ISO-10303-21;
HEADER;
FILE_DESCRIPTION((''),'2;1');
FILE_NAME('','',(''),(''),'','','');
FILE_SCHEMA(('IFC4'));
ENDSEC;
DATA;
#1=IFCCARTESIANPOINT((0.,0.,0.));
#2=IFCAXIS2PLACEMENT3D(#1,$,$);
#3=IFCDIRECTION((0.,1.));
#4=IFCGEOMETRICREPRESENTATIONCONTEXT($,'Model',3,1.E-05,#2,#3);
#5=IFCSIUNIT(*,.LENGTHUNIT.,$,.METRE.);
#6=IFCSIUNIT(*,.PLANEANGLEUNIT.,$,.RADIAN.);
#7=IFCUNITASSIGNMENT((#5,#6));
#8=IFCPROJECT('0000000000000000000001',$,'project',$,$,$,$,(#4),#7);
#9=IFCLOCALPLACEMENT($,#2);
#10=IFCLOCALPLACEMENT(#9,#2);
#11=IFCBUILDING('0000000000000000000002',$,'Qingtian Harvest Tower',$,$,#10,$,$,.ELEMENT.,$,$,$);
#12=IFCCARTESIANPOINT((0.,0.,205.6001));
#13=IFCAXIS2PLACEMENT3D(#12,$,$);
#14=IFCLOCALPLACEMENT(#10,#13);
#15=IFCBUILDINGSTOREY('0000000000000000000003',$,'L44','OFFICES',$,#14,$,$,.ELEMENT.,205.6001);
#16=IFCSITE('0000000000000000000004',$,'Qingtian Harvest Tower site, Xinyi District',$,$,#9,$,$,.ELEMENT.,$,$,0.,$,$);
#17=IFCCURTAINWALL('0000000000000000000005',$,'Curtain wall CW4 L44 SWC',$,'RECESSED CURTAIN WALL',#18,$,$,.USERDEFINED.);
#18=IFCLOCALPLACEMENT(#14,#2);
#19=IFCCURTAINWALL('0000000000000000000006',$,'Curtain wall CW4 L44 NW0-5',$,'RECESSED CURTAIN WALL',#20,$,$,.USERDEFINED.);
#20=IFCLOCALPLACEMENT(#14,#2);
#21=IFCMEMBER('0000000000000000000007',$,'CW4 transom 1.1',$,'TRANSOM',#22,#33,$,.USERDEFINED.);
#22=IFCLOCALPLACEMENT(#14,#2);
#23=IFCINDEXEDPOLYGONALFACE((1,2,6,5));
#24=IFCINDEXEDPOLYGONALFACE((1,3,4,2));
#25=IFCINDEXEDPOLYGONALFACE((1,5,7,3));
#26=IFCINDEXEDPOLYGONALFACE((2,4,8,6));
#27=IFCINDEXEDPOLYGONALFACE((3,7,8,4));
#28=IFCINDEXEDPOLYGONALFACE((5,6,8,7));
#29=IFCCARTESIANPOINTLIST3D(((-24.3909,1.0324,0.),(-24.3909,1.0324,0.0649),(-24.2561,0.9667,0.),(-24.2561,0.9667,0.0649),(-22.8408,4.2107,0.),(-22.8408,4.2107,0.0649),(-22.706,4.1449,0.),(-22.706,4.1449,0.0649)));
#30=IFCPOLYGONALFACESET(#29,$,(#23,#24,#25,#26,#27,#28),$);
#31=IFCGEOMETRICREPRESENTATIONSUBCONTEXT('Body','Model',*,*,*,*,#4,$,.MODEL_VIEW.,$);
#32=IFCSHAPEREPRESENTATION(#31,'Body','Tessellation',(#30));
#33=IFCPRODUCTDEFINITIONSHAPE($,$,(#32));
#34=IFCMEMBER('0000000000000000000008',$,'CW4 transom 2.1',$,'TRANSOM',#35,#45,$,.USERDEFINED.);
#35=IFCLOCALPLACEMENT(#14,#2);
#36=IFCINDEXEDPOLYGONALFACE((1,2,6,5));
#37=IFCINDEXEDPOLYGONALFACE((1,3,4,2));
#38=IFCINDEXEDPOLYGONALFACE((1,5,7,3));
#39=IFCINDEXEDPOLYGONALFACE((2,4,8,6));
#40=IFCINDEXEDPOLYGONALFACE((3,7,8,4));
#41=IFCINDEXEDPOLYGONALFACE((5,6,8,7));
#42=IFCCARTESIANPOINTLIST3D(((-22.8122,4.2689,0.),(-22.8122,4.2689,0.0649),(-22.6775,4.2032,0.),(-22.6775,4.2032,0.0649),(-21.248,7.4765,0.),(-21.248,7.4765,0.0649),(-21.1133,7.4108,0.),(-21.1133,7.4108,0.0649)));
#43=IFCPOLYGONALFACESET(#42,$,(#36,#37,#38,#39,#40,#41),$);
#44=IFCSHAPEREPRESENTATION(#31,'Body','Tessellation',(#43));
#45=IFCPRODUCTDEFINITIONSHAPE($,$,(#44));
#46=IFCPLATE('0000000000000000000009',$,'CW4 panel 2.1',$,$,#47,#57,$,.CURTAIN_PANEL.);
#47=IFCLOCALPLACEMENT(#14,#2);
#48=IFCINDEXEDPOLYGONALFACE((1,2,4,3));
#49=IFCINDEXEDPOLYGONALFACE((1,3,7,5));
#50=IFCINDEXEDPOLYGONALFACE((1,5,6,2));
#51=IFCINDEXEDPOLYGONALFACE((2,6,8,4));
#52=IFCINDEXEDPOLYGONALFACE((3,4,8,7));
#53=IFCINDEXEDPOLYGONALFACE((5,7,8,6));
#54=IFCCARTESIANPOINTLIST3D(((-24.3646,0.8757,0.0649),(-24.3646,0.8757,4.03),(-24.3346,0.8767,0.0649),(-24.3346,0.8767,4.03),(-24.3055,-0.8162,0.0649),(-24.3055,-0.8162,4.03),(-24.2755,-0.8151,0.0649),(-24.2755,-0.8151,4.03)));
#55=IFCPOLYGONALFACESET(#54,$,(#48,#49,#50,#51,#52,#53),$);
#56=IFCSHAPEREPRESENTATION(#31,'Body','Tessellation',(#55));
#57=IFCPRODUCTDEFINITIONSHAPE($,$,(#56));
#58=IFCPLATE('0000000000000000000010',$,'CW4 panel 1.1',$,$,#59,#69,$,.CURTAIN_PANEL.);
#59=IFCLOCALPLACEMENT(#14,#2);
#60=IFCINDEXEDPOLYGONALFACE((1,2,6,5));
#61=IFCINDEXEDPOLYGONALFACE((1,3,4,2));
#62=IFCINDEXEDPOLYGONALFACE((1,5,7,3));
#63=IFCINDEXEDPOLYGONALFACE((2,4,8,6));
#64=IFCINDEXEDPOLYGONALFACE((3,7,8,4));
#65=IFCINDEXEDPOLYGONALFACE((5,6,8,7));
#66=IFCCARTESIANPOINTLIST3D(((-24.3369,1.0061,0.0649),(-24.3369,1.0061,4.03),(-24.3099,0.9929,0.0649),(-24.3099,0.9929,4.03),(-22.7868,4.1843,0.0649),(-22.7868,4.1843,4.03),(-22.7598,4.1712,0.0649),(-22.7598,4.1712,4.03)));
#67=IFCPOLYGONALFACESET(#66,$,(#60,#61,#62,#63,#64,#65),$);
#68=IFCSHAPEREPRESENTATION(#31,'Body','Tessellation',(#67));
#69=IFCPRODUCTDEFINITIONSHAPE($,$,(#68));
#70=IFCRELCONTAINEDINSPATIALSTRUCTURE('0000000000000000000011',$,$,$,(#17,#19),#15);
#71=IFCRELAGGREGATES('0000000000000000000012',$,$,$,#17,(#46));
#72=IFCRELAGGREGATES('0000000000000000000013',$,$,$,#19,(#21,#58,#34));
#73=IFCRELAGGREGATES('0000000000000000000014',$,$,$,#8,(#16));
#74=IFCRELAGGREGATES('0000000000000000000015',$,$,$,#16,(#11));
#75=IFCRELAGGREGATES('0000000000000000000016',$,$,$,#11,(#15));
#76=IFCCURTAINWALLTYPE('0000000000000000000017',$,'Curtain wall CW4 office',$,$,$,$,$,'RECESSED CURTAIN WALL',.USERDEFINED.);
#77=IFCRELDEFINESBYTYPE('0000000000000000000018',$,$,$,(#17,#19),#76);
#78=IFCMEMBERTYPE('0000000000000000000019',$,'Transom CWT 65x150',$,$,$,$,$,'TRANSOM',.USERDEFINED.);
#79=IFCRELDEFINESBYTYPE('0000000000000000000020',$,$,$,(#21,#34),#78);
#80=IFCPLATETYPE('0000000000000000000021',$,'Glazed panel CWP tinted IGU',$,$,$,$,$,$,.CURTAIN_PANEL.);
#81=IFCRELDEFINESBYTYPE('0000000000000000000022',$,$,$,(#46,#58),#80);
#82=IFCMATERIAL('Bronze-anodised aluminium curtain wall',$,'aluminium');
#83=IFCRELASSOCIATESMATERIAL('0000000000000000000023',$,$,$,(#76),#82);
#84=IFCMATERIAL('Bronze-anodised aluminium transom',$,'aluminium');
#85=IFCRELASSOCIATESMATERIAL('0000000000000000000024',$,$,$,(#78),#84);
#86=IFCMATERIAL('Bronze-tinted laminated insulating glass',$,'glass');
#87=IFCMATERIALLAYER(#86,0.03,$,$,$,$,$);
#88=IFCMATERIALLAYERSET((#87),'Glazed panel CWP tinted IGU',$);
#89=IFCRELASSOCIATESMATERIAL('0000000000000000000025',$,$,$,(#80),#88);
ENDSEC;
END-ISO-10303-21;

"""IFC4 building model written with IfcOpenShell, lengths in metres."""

from ifc_helpers import new_model, si_unit, direction, frame, origin, origin_2d, place, context, subcontext, project, spatial, rectangle, extrude, material, layer, layer_set, material_profile, profile_set, type_object, element, aggregate, save


model = new_model("IFC4")

# Units and contexts
model_context = context("Model", 3, precision=1e-05, world=origin(), true_north=direction((0.0, 1.0)))
body_context = subcontext(model_context, "Body", "Model", "MODEL_VIEW")
ifc_project = project(units=[si_unit("LENGTHUNIT", "METRE"), si_unit("PLANEANGLEUNIT", "RADIAN")], contexts=[model_context])

# Site, building, storey
site_placement = place(None, origin())
site = spatial("IfcSite", under=ifc_project, at=site_placement, Name="Qingtian Harvest Tower site, Xinyi District", CompositionType="ELEMENT", RefElevation=0.0)
building_placement = place(site_placement, origin())
building = spatial("IfcBuilding", under=site, at=building_placement, Name="Qingtian Harvest Tower", CompositionType="ELEMENT")
storey_placement = place(building_placement, frame((0.0, 0.0, 205.6001)))
storey = spatial("IfcBuildingStorey", under=building, at=storey_placement, Name="L44", Description="OFFICES", CompositionType="ELEMENT", Elevation=205.6001)

# Curtain wall
ifc_material_1 = material(Name="Bronze-anodised aluminium curtain wall", Category="aluminium")
curtain_wall_type = type_object("IfcCurtainWallType", Name="Curtain wall CW4 office", ElementType="RECESSED CURTAIN WALL", PredefinedType="USERDEFINED", material=ifc_material_1)
curtain_wall_1_placement = place(storey_placement, origin())
curtain_wall_1 = element("IfcCurtainWall", 1, at=curtain_wall_1_placement, inside=storey, type_object=curtain_wall_type, Name="Curtain wall CW4 L44 SWC", ObjectType="RECESSED CURTAIN WALL", PredefinedType="USERDEFINED")

# Curtain wall
curtain_wall_2_placement = place(storey_placement, origin())
curtain_wall_2 = element("IfcCurtainWall", 2, at=curtain_wall_2_placement, inside=storey, type_object=curtain_wall_type, Name="Curtain wall CW4 L44 NW0-5", ObjectType="RECESSED CURTAIN WALL", PredefinedType="USERDEFINED")

# Members
ifc_material_2 = material(Name="Bronze-anodised aluminium transom", Category="aluminium")
ifc_material_profile_1 = material_profile(ifc_material_2, rectangle(XDim=0.1499, YDim=0.0649, at=origin_2d()), Name="AL 65x150")
ifc_profile_set_1 = profile_set([ifc_material_profile_1], Name="Bronze-anodised aluminium transom")
member_type_1 = type_object("IfcMemberType", Name="Transom CWT 65x150", ElementType="TRANSOM", PredefinedType="USERDEFINED", material=ifc_profile_set_1)
member_1_placement = place(storey_placement, frame((-24.3235, 0.9995, 0.0325), z_axis=(0.438354, 0.898802, 0.0), x_axis=(-0.898802, 0.438354, 0.0)))
member_1 = element("IfcMember", 3, at=member_1_placement, type_object=member_type_1, Name="CW4 transom 1.1", ObjectType="TRANSOM", PredefinedType="USERDEFINED", context=body_context, shape_type="SweptSolid", body=[
    extrude(rectangle(XDim=0.1499, YDim=0.0649, at=origin_2d()), origin(), (0.0, 0.0, 1.0), 3.5361),
])
member_2_placement = place(storey_placement, frame((-22.7449, 4.2361, 0.0325), z_axis=(0.438325, 0.898816, 0.0), x_axis=(-0.898816, 0.438325, 0.0)))
member_2 = element("IfcMember", 4, at=member_2_placement, type_object=member_type_1, Name="CW4 transom 2.1", ObjectType="TRANSOM", PredefinedType="USERDEFINED", context=body_context, shape_type="SweptSolid", body=[
    extrude(rectangle(XDim=0.1499, YDim=0.0649, at=origin_2d()), origin(), (0.0, 0.0, 1.0), 3.5686),
])

# Plates
ifc_material_3 = material(Name="Bronze-tinted laminated insulating glass", Category="glass")
ifc_layer = layer(ifc_material_3, 0.03)
ifc_layer_set = layer_set([ifc_layer], Name="Glazed panel CWP tinted IGU")
plate_type = type_object("IfcPlateType", Name="Glazed panel CWP tinted IGU", PredefinedType="CURTAIN_PANEL", material=ifc_layer_set)
plate_1_placement = place(storey_placement, frame((-24.3201, 0.0303, 0.0649), z_axis=(0.0, 0.0, 1.0), x_axis=(-0.034899, 0.999391, 0.0)))
plate_1 = element("IfcPlate", 5, at=plate_1_placement, type_object=plate_type, Name="CW4 panel 2.1", PredefinedType="CURTAIN_PANEL", context=body_context, shape_type="SweptSolid", body=[
    extrude(rectangle(XDim=1.6929, YDim=0.03, at=origin_2d()), origin(), (0.0, 0.0, 1.0), 3.9651),
])
aggregate(curtain_wall_1, [plate_1])
plate_2_placement = place(storey_placement, frame((-23.5483, 2.5886, 0.0649), z_axis=(0.0, 0.0, 1.0), x_axis=(0.438371, 0.898794, 0.0)))
plate_2 = element("IfcPlate", 6, at=plate_2_placement, type_object=plate_type, Name="CW4 panel 1.1", PredefinedType="CURTAIN_PANEL", context=body_context, shape_type="SweptSolid", body=[
    extrude(rectangle(XDim=3.5361, YDim=0.03, at=origin_2d()), origin(), (0.0, 0.0, 1.0), 3.9651),
])
aggregate(curtain_wall_2, [member_1, plate_2, member_2])

save(model, "model.ifc")
